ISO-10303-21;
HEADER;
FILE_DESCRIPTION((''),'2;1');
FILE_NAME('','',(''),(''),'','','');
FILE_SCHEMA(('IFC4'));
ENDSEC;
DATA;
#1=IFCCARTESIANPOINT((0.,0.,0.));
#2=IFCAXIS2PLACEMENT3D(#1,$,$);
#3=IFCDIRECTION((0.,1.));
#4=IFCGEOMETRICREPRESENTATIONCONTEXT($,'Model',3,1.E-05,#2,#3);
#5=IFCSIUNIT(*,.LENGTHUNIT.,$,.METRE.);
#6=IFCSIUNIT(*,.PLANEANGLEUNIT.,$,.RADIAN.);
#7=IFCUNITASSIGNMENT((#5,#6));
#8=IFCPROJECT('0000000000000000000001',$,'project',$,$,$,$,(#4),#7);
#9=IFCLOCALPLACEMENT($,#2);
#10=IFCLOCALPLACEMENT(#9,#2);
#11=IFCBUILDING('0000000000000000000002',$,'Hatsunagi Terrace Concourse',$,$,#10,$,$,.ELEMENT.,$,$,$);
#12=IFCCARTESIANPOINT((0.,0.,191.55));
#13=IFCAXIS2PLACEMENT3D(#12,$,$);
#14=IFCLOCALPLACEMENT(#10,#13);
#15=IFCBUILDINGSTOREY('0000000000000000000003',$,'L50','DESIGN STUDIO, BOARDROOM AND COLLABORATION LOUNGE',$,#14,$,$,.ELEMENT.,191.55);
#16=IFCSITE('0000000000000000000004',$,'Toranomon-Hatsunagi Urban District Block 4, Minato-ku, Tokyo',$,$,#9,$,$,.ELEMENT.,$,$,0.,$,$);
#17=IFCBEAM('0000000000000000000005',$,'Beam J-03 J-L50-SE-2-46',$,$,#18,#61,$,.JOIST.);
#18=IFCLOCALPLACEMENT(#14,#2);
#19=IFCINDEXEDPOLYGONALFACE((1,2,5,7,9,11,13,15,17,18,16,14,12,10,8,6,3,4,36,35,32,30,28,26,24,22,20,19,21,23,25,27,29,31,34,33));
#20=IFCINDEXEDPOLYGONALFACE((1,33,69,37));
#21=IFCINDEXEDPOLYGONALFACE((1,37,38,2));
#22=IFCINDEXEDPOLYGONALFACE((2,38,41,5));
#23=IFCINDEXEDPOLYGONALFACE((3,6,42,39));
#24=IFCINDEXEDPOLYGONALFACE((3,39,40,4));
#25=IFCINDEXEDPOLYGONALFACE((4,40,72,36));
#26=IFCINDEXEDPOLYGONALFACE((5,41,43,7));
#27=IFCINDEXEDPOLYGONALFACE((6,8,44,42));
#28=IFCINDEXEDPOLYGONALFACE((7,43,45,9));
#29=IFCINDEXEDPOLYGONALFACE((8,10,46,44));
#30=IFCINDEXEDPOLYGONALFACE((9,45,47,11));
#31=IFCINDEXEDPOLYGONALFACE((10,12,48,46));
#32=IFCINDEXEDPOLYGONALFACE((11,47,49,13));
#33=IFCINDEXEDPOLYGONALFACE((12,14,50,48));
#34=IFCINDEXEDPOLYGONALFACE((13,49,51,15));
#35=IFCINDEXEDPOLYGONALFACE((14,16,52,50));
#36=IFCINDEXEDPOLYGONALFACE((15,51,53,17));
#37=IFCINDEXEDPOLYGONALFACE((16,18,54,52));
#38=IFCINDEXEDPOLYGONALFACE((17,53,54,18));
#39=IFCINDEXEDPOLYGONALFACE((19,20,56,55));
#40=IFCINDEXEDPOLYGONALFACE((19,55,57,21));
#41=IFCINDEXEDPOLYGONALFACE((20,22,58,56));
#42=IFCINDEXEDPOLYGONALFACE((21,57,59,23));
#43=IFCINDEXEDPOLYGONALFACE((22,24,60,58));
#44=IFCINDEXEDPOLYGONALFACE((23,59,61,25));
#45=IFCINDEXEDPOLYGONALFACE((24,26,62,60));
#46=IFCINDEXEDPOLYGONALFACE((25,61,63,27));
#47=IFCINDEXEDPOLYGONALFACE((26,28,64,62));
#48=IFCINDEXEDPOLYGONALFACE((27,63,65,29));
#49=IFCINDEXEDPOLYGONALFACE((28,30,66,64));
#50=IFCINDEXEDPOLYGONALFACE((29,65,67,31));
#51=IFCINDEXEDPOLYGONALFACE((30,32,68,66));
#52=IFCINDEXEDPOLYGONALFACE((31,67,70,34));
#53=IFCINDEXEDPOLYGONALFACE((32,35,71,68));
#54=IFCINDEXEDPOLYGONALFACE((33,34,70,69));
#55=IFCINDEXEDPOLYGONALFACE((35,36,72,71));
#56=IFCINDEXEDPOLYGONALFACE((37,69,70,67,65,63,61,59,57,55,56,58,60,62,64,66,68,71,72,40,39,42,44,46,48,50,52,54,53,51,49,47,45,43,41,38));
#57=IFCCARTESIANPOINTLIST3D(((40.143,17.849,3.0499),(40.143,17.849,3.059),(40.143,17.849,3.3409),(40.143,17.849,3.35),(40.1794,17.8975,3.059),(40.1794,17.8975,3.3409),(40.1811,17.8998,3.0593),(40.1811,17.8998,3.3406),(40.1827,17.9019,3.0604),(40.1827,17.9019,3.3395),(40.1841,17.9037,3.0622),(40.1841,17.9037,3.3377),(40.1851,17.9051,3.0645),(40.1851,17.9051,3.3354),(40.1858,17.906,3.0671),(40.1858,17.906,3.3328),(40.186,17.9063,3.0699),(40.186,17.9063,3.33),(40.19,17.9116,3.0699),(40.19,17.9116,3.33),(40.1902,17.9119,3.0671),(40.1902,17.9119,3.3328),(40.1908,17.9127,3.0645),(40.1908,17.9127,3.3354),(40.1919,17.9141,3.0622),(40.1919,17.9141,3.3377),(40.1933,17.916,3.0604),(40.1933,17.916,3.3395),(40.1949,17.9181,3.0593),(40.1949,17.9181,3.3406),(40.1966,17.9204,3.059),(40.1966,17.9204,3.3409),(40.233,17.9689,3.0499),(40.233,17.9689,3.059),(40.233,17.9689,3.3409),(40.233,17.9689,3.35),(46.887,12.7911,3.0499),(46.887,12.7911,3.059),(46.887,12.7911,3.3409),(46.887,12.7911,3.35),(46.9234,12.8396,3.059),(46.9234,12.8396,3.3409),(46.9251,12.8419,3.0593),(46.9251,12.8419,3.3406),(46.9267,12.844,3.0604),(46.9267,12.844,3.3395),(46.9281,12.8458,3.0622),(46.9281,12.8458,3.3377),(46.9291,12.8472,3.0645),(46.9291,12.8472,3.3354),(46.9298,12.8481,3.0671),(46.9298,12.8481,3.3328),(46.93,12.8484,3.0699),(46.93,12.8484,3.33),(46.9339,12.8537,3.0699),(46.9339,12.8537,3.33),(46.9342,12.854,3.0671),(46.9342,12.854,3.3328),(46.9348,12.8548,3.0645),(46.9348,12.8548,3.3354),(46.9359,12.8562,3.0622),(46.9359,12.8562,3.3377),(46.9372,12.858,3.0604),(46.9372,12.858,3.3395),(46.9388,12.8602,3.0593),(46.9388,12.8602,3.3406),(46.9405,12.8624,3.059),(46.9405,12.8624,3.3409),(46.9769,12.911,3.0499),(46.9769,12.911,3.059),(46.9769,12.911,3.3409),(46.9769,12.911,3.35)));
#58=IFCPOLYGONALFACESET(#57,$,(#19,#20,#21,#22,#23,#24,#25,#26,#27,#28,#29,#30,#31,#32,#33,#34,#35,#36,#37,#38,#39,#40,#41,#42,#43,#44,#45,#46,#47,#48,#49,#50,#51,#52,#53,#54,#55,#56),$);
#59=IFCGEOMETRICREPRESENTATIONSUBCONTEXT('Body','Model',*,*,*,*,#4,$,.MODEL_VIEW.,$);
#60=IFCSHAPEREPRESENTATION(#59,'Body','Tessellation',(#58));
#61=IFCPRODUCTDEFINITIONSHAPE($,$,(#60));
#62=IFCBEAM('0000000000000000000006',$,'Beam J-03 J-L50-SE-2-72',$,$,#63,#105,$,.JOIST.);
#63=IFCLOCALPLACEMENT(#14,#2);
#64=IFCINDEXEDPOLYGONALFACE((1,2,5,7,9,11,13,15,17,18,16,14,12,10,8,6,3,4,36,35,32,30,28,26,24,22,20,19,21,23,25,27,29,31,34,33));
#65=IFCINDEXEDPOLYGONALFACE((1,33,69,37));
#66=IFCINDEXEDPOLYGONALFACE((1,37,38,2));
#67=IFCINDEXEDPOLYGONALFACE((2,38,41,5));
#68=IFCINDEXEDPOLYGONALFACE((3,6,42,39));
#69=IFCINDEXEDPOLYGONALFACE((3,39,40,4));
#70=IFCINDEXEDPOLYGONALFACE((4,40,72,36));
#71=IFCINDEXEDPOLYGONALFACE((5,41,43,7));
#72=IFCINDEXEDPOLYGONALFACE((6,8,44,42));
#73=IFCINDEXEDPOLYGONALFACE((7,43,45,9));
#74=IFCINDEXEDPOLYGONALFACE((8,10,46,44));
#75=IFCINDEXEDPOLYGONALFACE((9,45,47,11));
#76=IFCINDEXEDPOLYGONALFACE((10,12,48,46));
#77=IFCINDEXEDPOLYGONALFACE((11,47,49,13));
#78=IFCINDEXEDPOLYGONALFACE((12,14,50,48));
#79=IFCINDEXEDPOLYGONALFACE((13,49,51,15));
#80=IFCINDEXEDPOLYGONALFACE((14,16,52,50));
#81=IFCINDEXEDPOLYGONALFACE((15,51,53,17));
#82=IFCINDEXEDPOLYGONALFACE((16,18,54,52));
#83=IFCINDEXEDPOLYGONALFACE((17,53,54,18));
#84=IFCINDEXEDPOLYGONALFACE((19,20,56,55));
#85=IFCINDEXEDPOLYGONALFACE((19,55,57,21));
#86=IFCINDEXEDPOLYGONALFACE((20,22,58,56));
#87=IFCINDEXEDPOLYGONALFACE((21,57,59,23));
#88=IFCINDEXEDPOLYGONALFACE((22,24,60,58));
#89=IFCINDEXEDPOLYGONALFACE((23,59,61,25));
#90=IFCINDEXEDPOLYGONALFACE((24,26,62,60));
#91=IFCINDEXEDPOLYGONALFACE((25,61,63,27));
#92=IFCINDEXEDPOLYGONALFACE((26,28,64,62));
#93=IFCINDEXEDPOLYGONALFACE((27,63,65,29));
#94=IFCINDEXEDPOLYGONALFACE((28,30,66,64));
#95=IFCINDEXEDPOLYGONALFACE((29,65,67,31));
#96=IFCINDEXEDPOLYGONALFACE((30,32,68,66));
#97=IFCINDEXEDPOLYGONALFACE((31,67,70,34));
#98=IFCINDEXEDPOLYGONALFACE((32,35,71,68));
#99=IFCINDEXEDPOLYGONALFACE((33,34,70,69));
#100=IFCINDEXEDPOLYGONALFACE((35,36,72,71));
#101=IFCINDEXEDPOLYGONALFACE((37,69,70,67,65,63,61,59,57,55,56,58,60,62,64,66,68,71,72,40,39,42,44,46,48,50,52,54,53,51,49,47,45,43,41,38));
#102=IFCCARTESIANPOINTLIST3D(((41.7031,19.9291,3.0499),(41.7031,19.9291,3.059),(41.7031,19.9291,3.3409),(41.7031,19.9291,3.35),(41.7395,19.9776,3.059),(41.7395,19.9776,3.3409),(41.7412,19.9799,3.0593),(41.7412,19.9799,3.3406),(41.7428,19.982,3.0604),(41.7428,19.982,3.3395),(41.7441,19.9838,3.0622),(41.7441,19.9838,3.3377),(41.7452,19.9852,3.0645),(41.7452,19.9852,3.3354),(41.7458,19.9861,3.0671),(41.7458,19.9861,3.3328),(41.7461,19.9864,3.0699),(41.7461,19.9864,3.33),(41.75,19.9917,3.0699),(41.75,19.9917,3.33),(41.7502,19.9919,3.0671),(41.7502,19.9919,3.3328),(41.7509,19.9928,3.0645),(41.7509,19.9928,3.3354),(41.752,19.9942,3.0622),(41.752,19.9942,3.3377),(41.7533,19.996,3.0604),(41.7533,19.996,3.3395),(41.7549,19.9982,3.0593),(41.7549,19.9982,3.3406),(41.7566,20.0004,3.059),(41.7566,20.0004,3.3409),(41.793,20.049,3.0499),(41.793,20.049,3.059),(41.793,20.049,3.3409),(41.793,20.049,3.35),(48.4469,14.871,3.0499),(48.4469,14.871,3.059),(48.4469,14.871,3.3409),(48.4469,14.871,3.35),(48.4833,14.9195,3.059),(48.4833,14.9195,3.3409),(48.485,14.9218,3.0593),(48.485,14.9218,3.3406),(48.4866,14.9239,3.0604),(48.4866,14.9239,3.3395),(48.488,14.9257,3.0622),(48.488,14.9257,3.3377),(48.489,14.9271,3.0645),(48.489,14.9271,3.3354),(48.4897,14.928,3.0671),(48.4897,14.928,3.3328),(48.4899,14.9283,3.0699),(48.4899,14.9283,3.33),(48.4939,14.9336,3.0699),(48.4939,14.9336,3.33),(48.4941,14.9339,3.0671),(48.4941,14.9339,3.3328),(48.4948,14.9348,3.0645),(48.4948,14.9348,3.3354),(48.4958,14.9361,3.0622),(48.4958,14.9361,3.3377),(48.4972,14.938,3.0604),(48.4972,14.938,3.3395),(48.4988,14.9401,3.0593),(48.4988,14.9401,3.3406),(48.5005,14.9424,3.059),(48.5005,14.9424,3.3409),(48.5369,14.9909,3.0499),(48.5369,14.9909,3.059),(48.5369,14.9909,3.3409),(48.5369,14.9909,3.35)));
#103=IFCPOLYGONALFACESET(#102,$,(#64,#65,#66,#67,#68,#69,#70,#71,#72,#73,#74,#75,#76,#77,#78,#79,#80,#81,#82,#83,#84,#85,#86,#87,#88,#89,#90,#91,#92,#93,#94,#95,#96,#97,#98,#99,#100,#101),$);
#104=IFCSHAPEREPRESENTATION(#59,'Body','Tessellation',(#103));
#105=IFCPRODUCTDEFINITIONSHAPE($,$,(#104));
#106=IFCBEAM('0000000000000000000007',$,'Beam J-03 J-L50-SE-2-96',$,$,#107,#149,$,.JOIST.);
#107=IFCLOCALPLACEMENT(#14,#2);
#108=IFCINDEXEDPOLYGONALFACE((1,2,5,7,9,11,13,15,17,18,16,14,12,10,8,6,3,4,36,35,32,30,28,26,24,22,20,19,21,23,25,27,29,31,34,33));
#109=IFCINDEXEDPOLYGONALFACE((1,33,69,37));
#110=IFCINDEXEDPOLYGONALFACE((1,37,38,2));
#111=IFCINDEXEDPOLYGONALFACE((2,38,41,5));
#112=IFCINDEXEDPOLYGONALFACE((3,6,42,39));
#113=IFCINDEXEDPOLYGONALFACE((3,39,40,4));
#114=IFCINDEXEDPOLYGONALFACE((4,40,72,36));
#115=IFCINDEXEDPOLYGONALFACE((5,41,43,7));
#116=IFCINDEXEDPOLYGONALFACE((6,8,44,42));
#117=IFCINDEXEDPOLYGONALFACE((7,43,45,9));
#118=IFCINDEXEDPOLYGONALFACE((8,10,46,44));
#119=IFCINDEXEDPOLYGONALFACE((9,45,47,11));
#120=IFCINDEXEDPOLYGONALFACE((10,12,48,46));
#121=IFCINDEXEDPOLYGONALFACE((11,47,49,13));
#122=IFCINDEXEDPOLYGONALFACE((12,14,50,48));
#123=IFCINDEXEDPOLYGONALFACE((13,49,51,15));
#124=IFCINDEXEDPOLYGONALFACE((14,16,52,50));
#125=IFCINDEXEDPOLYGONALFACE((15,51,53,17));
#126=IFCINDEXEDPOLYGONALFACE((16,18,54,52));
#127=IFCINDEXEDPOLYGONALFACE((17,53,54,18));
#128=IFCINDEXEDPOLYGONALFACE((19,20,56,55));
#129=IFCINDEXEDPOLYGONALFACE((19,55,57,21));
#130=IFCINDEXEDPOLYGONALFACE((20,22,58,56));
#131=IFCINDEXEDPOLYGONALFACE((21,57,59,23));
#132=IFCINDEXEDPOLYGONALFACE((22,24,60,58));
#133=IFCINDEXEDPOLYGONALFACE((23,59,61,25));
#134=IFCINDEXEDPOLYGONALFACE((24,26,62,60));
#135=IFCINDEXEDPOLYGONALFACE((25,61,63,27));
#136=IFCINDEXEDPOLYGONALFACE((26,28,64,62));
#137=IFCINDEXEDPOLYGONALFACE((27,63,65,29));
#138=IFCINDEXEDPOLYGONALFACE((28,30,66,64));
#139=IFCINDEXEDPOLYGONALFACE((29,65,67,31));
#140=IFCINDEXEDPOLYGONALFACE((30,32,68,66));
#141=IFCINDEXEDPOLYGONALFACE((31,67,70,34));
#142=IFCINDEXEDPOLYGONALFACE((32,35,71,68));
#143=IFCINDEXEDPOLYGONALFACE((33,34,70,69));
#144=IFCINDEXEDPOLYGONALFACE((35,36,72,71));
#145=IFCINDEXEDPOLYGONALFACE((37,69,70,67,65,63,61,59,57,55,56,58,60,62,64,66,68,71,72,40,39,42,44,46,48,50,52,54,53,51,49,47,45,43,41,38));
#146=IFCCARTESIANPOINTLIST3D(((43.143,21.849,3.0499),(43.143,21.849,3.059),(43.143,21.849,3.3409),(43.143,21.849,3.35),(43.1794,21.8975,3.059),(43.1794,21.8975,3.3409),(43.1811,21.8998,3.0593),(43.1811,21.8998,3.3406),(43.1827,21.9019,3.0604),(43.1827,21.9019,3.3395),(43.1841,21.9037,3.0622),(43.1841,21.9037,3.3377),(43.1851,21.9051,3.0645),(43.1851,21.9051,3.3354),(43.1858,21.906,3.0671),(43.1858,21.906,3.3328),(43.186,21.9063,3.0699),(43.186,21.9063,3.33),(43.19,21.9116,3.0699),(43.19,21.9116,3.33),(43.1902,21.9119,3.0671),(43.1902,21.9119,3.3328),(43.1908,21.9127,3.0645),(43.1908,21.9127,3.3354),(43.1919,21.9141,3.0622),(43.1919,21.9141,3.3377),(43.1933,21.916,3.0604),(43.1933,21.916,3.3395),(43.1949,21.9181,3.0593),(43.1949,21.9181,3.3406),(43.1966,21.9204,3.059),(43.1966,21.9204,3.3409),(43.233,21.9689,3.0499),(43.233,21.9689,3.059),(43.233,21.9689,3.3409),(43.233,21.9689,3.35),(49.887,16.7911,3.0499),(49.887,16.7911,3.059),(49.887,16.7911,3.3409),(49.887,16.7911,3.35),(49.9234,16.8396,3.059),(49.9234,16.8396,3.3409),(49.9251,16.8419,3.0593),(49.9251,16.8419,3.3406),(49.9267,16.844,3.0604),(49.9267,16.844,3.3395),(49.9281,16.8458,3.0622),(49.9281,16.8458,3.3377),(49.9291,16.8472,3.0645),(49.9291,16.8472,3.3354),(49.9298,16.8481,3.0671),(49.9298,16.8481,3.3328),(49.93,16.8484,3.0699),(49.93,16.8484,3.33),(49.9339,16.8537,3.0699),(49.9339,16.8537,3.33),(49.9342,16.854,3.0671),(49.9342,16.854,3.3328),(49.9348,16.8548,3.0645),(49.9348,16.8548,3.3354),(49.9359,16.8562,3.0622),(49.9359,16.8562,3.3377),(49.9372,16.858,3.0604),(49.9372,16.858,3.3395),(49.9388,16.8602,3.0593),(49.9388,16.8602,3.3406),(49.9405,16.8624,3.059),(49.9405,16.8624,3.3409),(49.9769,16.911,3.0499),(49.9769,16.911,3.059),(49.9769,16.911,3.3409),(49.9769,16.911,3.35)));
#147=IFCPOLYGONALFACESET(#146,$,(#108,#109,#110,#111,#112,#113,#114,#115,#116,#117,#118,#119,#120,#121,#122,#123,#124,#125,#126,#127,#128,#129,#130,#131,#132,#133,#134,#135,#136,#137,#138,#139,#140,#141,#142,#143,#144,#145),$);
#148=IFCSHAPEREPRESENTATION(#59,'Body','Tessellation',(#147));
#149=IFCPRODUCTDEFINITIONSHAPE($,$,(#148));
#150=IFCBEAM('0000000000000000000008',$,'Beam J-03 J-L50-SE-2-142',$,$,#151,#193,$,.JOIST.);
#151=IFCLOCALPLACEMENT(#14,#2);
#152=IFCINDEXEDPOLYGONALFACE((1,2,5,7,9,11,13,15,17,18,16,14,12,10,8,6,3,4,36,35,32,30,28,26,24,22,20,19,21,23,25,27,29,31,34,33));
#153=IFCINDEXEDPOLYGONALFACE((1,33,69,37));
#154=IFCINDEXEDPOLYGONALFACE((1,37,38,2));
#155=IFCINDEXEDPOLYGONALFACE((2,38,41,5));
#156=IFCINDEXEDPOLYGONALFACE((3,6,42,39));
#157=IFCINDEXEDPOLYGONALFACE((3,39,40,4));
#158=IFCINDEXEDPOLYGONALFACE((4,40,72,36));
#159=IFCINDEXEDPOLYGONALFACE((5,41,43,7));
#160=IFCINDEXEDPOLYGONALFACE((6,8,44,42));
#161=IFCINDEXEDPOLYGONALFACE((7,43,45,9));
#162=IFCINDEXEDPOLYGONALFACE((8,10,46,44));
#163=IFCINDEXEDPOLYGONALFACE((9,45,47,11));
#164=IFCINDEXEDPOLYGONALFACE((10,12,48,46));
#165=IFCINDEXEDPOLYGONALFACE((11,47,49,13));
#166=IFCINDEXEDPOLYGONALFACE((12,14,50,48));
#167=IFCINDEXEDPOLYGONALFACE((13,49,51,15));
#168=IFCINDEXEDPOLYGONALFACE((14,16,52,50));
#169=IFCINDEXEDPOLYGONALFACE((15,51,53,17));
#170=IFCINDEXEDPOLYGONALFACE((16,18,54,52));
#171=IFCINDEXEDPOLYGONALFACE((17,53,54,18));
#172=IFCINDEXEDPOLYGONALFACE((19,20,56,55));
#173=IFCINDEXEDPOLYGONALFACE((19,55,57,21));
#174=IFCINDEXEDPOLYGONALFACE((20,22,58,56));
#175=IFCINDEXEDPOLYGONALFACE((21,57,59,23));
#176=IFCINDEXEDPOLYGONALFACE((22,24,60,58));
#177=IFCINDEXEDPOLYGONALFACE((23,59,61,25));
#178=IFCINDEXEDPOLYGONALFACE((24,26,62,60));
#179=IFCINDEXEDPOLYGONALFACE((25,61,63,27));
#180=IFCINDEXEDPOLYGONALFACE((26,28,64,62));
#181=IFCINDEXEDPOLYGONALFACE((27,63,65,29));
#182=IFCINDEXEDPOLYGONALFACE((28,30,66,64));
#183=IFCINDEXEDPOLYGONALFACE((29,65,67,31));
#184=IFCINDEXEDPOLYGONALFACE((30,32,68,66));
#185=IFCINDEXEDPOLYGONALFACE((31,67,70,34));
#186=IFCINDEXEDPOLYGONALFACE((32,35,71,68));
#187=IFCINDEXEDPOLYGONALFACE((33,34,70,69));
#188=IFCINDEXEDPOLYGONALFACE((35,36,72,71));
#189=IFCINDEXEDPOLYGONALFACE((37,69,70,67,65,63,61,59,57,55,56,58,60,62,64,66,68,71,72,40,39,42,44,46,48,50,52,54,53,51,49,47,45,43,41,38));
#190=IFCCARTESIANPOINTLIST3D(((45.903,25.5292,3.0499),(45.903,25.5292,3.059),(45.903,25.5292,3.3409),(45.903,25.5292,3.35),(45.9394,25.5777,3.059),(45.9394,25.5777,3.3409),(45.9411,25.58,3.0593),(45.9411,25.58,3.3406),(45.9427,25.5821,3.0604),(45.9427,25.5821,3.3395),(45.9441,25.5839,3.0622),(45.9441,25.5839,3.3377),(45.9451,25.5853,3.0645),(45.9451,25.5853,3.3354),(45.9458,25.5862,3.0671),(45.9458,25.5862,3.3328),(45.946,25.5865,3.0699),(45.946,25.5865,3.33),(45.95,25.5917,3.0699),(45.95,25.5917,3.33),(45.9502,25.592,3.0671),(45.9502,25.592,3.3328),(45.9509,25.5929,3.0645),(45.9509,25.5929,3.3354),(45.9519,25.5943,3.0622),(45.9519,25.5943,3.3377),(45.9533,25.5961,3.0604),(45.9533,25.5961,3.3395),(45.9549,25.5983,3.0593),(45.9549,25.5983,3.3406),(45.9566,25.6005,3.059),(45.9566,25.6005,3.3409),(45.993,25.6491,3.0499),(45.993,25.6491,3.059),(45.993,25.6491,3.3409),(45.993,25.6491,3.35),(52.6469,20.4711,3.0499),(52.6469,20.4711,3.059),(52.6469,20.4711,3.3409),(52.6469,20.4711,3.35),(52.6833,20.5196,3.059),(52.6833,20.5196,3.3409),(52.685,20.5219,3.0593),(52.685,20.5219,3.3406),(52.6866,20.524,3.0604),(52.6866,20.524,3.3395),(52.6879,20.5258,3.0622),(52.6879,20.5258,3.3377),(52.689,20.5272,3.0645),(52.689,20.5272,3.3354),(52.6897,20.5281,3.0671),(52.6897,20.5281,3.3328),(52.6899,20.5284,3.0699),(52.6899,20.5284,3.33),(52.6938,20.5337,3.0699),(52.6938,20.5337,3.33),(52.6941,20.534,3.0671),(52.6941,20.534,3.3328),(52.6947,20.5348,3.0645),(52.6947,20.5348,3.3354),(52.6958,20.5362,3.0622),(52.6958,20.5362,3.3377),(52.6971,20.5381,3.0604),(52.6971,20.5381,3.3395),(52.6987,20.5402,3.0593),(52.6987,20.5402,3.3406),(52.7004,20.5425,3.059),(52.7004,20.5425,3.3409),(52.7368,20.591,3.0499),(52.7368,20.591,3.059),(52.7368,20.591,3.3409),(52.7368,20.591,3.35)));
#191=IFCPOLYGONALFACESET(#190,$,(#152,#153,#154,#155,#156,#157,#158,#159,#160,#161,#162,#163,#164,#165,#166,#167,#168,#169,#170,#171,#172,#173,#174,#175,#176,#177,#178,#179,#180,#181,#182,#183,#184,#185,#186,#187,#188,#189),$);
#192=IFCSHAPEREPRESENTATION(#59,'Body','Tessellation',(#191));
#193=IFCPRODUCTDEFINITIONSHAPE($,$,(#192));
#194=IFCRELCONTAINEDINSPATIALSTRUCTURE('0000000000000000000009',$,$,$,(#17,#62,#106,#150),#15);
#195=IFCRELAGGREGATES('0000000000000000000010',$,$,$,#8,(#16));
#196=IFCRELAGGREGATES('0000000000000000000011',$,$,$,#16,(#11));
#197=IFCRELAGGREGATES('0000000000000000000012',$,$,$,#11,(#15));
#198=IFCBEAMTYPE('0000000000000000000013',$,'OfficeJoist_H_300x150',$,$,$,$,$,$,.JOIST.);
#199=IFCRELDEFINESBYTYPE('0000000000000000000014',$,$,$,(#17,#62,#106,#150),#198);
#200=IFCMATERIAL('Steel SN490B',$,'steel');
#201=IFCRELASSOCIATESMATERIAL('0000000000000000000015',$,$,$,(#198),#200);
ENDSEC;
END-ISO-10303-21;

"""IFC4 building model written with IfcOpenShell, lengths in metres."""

from ifc_helpers import new_model, si_unit, direction, frame, origin, origin_2d, place, context, subcontext, project, spatial, i_section, extrude, material, material_profile, profile_set, type_object, element, save


model = new_model("IFC4")

# Units and contexts
model_context = context("Model", 3, precision=1e-05, world=origin(), true_north=direction((0.0, 1.0)))
body_context = subcontext(model_context, "Body", "Model", "MODEL_VIEW")
ifc_project = project(units=[si_unit("LENGTHUNIT", "METRE"), si_unit("PLANEANGLEUNIT", "RADIAN")], contexts=[model_context])

# Site, building, storey
site_placement = place(None, origin())
site = spatial("IfcSite", under=ifc_project, at=site_placement, Name="Toranomon-Hatsunagi Urban District Block 4, Minato-ku, Tokyo", CompositionType="ELEMENT", RefElevation=0.0)
building_placement = place(site_placement, origin())
building = spatial("IfcBuilding", under=site, at=building_placement, Name="Hatsunagi Terrace Concourse", CompositionType="ELEMENT")
storey_placement = place(building_placement, frame((0.0, 0.0, 191.55)))
storey = spatial("IfcBuildingStorey", under=building, at=storey_placement, Name="L50", Description="DESIGN STUDIO, BOARDROOM AND COLLABORATION LOUNGE", CompositionType="ELEMENT", Elevation=191.55)

# Beams
ifc_material_1 = material(Name="Steel SN490B", Category="steel")
ifc_material_profile_1 = material_profile(ifc_material_1, i_section(OverallWidth=0.1499, OverallDepth=0.3, WebThickness=0.0066, FlangeThickness=0.009, FilletRadius=0.011, at=origin_2d()), Name="H-300x150x6.5x9")
ifc_profile_set_1 = profile_set([ifc_material_profile_1], Name="Steel SN490B")
beam_type_1 = type_object("IfcBeamType", Name="OfficeJoist_H_300x150", PredefinedType="JOIST", material=ifc_profile_set_1)
for number, where, z_axis, x_axis, name in (
    (1, (40.188, 17.9089, 3.2), (0.800003, -0.599995, 0.0), (0.599995, 0.800003, 0.0), "Beam J-03 J-L50-SE-2-46"),
    (2, (41.748, 19.989, 3.2), (0.79999, -0.600014, 0.0), (0.600014, 0.79999, 0.0), "Beam J-03 J-L50-SE-2-72"),
    (3, (43.188, 21.9089, 3.2), (0.800003, -0.599995, 0.0), (0.599995, 0.800003, 0.0), "Beam J-03 J-L50-SE-2-96"),
    (4, (45.948, 25.5891, 3.2), (0.79999, -0.600014, 0.0), (0.600014, 0.79999, 0.0), "Beam J-03 J-L50-SE-2-142"),
):
    element("IfcBeam", number, at=place(storey_placement, frame(where, z_axis=z_axis, x_axis=x_axis)), inside=storey, type_object=beam_type_1, Name=name, PredefinedType="JOIST", context=body_context, shape_type="SweptSolid", body=[
        extrude(i_section(OverallWidth=0.1499, OverallDepth=0.3, WebThickness=0.0066, FlangeThickness=0.009, FilletRadius=0.011, at=origin_2d()), origin(), (0.0, 0.0, 1.0), 8.4299),
    ])

save(model, "model.ifc")
